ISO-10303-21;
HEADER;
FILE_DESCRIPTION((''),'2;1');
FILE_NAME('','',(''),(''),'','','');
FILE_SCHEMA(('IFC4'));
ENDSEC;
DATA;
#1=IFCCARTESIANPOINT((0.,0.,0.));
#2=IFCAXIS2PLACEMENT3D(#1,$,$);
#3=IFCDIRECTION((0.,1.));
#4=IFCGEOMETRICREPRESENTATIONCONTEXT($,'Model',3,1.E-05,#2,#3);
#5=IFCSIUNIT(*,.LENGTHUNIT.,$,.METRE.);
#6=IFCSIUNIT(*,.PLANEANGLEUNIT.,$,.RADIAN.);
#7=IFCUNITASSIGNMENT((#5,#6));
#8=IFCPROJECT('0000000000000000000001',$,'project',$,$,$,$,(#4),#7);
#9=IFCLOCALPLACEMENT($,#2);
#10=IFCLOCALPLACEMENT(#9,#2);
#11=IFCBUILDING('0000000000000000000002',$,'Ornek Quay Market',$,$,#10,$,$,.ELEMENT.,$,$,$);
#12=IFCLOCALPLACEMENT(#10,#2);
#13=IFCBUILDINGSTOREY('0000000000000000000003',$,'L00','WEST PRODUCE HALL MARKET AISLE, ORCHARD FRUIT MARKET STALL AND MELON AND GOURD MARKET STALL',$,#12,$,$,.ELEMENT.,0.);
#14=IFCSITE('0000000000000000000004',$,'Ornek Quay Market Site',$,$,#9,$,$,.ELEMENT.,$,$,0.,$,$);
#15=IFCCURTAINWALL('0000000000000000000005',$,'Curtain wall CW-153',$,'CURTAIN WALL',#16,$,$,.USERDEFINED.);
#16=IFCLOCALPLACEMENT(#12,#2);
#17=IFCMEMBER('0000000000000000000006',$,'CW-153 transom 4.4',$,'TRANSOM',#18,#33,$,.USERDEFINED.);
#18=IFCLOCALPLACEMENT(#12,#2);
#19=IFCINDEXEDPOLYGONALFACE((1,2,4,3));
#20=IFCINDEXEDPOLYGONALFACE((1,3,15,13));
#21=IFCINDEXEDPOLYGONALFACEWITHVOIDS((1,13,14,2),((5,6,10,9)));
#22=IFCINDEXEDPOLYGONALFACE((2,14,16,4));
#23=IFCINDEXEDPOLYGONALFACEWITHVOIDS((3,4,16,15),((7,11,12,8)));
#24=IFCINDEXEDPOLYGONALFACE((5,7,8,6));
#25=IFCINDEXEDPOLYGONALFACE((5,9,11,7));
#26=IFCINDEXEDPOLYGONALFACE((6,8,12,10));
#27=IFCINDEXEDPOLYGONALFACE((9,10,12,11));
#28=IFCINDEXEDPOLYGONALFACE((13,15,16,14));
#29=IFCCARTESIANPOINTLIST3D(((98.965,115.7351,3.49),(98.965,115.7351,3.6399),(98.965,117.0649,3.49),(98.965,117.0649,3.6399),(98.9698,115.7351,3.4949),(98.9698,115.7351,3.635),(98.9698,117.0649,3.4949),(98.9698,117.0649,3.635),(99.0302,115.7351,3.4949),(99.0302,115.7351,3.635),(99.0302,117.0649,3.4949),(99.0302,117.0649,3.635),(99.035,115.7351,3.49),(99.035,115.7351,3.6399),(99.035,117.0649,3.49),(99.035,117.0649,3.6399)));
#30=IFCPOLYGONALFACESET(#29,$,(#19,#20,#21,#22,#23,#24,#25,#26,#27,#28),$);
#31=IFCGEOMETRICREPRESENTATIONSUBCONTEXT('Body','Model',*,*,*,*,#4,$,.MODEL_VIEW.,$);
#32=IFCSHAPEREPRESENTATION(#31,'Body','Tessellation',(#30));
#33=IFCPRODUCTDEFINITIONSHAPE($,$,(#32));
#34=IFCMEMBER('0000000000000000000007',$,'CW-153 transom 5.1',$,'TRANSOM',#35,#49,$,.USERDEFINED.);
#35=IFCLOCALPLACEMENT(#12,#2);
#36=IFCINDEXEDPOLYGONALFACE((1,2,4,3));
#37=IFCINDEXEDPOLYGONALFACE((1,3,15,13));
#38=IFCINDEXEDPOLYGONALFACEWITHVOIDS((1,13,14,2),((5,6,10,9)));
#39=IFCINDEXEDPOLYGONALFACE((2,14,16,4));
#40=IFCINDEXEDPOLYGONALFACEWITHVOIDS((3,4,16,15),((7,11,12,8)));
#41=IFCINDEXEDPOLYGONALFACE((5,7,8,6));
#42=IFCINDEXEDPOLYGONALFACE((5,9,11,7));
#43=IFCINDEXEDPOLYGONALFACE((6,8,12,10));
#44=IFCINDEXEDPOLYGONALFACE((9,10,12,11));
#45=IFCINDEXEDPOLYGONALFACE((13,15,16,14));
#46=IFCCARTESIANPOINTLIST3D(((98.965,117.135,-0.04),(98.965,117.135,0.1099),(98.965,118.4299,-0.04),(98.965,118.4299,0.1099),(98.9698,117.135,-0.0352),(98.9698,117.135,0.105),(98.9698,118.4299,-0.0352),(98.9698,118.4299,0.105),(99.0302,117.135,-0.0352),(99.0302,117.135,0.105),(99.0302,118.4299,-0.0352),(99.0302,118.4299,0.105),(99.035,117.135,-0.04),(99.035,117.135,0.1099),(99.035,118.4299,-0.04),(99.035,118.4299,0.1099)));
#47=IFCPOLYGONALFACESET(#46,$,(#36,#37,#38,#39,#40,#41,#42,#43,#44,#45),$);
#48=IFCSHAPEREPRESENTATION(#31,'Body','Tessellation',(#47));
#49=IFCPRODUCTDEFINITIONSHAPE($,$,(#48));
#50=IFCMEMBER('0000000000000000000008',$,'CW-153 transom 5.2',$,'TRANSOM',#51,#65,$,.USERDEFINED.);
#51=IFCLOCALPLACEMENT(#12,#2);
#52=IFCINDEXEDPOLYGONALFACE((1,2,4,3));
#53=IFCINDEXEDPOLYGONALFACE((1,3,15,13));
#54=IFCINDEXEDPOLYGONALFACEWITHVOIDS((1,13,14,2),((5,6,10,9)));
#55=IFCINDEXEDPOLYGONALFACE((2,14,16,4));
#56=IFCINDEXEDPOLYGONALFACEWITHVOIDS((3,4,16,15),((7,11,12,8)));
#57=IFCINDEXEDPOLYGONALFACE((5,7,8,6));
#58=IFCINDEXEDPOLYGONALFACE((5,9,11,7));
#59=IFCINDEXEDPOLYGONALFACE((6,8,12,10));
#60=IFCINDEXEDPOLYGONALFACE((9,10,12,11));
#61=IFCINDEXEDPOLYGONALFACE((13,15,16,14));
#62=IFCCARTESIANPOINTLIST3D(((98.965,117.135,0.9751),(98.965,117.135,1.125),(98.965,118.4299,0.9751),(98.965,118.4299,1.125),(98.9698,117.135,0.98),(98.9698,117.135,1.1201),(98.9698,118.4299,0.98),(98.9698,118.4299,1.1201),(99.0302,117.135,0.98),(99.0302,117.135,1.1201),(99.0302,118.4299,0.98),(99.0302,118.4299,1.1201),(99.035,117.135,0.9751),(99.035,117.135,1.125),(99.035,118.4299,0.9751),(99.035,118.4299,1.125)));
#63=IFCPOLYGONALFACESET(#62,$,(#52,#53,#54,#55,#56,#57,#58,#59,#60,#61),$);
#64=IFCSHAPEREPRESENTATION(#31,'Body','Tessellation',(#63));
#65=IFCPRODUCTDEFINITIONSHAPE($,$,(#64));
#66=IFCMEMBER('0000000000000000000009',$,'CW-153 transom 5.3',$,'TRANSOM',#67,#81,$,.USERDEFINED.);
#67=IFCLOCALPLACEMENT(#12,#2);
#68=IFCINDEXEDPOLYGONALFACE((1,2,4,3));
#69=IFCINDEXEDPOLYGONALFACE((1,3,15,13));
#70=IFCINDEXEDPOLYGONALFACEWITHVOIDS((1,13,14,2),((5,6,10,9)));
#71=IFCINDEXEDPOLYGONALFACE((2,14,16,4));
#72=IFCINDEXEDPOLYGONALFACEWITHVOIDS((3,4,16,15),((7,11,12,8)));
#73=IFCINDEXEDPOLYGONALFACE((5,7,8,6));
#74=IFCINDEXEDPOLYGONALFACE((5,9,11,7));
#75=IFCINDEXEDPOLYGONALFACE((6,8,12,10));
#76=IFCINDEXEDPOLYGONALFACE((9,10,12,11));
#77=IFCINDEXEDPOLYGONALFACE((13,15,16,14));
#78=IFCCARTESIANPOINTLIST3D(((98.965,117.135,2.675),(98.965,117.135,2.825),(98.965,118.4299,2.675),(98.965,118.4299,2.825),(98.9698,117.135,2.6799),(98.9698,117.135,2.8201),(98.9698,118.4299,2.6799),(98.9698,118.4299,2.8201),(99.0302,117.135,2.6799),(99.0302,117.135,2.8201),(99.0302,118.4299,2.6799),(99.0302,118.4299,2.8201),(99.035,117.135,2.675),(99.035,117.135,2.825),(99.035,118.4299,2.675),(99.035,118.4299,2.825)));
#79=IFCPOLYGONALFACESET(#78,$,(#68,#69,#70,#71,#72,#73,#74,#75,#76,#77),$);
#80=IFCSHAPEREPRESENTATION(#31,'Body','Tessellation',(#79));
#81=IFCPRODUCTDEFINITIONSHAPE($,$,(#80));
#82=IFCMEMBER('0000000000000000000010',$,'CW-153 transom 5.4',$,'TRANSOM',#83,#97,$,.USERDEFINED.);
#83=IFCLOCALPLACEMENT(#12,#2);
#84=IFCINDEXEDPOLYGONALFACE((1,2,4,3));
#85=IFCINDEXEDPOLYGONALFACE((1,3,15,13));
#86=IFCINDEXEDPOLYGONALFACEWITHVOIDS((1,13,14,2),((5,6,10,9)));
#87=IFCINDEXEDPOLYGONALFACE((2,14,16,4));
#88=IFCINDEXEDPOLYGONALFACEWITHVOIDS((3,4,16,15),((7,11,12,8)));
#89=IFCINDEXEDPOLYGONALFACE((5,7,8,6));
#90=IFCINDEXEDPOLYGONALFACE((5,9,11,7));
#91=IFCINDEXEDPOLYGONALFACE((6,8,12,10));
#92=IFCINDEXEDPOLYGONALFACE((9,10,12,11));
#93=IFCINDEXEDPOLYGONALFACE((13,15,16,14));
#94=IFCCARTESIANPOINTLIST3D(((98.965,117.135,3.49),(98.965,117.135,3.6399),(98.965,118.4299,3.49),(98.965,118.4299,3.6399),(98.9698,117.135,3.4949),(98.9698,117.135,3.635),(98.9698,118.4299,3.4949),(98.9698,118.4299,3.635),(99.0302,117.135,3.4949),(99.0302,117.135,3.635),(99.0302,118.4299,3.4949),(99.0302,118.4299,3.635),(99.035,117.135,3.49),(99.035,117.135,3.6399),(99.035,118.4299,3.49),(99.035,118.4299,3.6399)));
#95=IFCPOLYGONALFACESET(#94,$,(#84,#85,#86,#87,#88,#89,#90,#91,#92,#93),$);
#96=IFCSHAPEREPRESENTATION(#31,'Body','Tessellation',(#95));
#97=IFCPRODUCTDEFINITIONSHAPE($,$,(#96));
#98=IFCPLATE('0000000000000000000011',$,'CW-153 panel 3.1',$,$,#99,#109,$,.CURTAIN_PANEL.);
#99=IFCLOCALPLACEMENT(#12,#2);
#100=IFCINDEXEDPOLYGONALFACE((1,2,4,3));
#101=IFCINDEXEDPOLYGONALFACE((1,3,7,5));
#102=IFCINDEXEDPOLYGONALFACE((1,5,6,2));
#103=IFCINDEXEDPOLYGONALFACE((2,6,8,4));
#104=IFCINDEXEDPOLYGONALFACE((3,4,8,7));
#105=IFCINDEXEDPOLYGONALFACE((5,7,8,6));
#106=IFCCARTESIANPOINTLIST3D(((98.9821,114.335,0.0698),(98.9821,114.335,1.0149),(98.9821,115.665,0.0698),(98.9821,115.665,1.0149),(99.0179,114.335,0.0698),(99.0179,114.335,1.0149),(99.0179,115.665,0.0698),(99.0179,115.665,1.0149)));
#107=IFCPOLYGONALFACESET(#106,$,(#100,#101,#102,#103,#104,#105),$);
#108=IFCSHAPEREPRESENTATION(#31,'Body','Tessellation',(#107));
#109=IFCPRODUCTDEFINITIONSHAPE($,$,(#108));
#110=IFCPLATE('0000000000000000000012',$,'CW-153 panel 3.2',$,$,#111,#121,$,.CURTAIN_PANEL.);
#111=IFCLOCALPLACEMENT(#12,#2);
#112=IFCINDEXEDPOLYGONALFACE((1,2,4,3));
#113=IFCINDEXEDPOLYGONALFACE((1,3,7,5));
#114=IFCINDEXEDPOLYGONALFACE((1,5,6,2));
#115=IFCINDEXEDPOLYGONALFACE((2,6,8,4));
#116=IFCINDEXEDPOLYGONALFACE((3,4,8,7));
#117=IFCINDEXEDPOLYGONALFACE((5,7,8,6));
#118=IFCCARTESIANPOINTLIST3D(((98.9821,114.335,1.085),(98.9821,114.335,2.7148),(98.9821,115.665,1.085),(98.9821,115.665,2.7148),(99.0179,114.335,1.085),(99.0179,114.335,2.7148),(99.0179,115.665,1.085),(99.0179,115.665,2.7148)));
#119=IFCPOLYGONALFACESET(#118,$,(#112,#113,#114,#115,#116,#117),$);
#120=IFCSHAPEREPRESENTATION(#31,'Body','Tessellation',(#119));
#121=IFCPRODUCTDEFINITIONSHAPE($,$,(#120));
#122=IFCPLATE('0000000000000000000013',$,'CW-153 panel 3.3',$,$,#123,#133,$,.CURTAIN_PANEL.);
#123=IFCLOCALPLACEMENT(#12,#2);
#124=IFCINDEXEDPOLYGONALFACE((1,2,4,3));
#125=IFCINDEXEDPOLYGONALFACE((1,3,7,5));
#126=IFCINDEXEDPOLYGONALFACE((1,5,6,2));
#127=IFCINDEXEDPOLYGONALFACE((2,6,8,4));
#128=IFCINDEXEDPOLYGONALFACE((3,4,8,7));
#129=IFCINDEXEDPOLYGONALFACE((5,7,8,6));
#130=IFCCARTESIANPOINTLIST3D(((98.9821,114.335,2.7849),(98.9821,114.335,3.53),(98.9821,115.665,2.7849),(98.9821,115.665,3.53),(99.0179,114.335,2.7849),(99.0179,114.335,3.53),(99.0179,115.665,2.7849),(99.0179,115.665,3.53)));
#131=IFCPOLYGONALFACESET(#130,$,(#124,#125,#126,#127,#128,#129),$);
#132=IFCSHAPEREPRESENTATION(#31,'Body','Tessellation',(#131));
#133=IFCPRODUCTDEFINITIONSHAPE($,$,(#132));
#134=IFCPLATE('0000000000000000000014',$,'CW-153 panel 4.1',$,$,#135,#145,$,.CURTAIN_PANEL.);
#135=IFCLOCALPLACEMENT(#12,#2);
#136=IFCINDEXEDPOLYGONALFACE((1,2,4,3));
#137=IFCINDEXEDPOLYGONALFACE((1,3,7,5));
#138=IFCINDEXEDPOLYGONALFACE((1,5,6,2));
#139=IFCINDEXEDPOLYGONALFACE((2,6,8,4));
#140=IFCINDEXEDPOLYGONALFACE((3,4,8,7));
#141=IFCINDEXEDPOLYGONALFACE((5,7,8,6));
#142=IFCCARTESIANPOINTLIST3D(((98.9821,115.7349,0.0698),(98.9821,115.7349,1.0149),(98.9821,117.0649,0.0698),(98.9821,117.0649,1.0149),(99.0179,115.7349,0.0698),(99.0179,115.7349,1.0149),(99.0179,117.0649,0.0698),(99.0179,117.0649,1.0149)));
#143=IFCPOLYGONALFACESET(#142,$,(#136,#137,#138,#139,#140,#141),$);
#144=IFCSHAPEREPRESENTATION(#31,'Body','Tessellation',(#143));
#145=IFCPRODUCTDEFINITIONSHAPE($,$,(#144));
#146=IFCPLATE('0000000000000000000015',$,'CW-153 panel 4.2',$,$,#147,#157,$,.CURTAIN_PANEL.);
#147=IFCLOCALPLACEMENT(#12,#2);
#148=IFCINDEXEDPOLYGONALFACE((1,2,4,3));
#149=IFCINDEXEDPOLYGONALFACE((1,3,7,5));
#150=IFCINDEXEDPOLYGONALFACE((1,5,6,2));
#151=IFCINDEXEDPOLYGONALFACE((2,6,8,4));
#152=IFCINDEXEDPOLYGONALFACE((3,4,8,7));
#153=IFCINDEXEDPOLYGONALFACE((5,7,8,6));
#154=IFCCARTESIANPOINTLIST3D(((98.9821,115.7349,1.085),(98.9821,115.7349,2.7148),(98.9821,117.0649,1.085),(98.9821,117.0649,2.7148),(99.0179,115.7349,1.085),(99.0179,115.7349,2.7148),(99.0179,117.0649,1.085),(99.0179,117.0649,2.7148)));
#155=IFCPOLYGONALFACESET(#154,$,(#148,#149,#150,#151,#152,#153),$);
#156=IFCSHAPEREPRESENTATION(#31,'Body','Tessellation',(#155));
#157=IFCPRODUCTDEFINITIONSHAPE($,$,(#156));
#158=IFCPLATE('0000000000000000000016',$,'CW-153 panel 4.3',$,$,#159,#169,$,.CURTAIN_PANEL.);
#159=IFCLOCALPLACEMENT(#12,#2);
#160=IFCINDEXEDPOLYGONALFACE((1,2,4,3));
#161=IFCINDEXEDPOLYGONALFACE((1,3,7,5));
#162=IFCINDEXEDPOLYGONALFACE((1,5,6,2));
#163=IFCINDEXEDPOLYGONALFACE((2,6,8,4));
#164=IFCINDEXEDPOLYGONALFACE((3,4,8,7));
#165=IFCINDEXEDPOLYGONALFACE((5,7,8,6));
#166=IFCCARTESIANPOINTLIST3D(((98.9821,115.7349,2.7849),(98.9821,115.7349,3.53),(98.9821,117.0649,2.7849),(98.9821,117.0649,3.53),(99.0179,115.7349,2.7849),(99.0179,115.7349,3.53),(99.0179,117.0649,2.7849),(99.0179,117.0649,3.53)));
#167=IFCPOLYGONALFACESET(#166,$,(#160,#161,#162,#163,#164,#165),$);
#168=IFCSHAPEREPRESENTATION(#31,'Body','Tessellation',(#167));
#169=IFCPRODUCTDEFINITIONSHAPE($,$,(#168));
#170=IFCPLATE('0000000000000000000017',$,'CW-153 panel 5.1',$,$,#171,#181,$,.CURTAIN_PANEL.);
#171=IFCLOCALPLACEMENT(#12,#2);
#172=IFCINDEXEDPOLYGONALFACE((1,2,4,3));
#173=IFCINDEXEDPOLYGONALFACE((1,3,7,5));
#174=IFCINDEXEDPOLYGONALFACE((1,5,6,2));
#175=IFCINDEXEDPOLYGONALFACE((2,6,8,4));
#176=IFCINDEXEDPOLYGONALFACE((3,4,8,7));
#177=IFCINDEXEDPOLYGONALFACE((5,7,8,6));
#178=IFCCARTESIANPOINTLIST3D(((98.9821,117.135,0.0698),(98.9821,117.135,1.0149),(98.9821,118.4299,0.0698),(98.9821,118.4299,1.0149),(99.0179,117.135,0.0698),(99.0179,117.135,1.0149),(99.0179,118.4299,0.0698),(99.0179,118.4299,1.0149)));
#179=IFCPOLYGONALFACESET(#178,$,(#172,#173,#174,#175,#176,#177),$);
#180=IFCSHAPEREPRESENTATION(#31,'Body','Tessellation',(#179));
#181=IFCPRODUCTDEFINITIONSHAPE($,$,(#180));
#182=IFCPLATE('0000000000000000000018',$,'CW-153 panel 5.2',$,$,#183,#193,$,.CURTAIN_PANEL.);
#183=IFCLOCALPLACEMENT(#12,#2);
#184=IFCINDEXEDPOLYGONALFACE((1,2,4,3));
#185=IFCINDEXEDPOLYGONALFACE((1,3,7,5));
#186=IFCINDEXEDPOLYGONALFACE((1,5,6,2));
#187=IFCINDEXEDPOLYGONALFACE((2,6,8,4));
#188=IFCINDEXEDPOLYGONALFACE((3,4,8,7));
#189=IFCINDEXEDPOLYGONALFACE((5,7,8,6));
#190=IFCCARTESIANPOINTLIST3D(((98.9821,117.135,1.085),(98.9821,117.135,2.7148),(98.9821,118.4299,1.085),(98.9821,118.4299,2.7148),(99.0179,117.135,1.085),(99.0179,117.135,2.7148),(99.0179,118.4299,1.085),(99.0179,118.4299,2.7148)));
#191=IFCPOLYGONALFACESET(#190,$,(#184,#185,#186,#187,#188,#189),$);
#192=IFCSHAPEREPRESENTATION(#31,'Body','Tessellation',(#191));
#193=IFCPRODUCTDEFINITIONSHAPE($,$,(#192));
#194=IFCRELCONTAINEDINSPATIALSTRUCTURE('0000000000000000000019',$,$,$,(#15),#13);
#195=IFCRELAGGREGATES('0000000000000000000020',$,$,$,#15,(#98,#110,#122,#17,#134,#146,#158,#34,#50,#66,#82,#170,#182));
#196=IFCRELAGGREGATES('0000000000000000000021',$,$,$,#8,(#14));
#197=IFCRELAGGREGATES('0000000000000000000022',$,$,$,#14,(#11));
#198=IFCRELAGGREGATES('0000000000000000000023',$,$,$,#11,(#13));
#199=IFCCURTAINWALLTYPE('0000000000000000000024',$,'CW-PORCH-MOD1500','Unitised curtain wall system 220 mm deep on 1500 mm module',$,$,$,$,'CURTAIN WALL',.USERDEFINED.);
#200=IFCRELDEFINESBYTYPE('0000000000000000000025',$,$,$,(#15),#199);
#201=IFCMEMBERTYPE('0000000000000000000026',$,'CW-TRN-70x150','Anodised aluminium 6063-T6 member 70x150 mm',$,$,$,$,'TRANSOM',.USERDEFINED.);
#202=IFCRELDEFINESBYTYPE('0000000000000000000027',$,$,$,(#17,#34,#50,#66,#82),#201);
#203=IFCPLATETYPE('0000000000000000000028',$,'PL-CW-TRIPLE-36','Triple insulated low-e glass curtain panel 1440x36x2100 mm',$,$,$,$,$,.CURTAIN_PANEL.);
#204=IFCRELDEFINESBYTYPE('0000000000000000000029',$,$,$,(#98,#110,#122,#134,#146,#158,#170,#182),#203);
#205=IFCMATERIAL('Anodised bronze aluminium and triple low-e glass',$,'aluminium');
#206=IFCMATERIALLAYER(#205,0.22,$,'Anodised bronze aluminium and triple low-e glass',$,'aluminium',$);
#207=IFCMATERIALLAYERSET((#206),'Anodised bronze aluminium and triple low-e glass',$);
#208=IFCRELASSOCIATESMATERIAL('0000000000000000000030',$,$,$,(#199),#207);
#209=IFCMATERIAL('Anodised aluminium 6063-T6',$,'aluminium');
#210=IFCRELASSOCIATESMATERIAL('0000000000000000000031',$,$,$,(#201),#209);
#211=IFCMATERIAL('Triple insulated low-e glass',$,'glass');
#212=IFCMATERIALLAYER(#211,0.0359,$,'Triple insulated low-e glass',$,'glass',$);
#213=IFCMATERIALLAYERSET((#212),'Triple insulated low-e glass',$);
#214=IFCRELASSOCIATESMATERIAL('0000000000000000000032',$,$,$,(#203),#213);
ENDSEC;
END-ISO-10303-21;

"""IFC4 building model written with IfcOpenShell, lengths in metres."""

from ifc_helpers import new_model, si_unit, direction, frame, origin, origin_2d, place, context, subcontext, project, spatial, rectangle, hollow_rectangle, extrude, material, layer, layer_set, material_profile, profile_set, type_object, element, aggregate, save


model = new_model("IFC4")

# Units and contexts
model_context = context("Model", 3, precision=1e-05, world=origin(), true_north=direction((0.0, 1.0)))
body_context = subcontext(model_context, "Body", "Model", "MODEL_VIEW")
ifc_project = project(units=[si_unit("LENGTHUNIT", "METRE"), si_unit("PLANEANGLEUNIT", "RADIAN")], contexts=[model_context])

# Site, building, storey
site_placement = place(None, origin())
site = spatial("IfcSite", under=ifc_project, at=site_placement, Name="Ornek Quay Market Site", CompositionType="ELEMENT", RefElevation=0.0)
building_placement = place(site_placement, origin())
building = spatial("IfcBuilding", under=site, at=building_placement, Name="Ornek Quay Market", CompositionType="ELEMENT")
storey_placement = place(building_placement, origin())
storey = spatial("IfcBuildingStorey", under=building, at=storey_placement, Name="L00", Description="WEST PRODUCE HALL MARKET AISLE, ORCHARD FRUIT MARKET STALL AND MELON AND GOURD MARKET STALL", CompositionType="ELEMENT", Elevation=0.0)

# Curtain wall
ifc_material_1 = material(Name="Anodised bronze aluminium and triple low-e glass", Category="aluminium")
ifc_layer_1 = layer(ifc_material_1, 0.22, Name="Anodised bronze aluminium and triple low-e glass", Category="aluminium")
ifc_layer_set_1 = layer_set([ifc_layer_1], Name="Anodised bronze aluminium and triple low-e glass")
curtain_wall_type = type_object("IfcCurtainWallType", Name="CW-PORCH-MOD1500", Description="Unitised curtain wall system 220 mm deep on 1500 mm module", ElementType="CURTAIN WALL", PredefinedType="USERDEFINED", material=ifc_layer_set_1)
curtain_wall_1_placement = place(storey_placement, origin())
curtain_wall_1 = element("IfcCurtainWall", 1, at=curtain_wall_1_placement, inside=storey, type_object=curtain_wall_type, Name="Curtain wall CW-153", ObjectType="CURTAIN WALL", PredefinedType="USERDEFINED")
ifc_material_2 = material(Name="Anodised aluminium 6063-T6", Category="aluminium")
ifc_material_profile_1 = material_profile(ifc_material_2, hollow_rectangle(XDim=0.0701, YDim=0.1499, WallThickness=0.0049, at=origin_2d()), Name="CW-TRN-70x150", Category="aluminium")
ifc_profile_set_1 = profile_set([ifc_material_profile_1], Name="Anodised aluminium 6063-T6")
member_type_1 = type_object("IfcMemberType", Name="CW-TRN-70x150", Description="Anodised aluminium 6063-T6 member 70x150 mm", ElementType="TRANSOM", PredefinedType="USERDEFINED", material=ifc_profile_set_1)

# Members
member_1_placement = place(storey_placement, frame((99.0, 115.7351, 3.5649), z_axis=(0.0, 1.0, 0.0), x_axis=(-1.0, 0.0, 0.0)))
member_1 = element("IfcMember", 2, at=member_1_placement, type_object=member_type_1, Name="CW-153 transom 4.4", ObjectType="TRANSOM", PredefinedType="USERDEFINED", context=body_context, shape_type="SweptSolid", body=[
    extrude(hollow_rectangle(XDim=0.0701, YDim=0.1499, WallThickness=0.0049, at=origin_2d()), origin(), (0.0, 0.0, 1.0), 1.3298),
])
member_2_placement = place(storey_placement, frame((99.0, 117.135, 0.0349), z_axis=(0.0, 1.0, 0.0), x_axis=(-1.0, 0.0, 0.0)))
member_2 = element("IfcMember", 3, at=member_2_placement, type_object=member_type_1, Name="CW-153 transom 5.1", ObjectType="TRANSOM", PredefinedType="USERDEFINED", context=body_context, shape_type="SweptSolid", body=[
    extrude(hollow_rectangle(XDim=0.0701, YDim=0.1499, WallThickness=0.0049, at=origin_2d()), origin(), (0.0, 0.0, 1.0), 1.2949),
])
member_3_placement = place(storey_placement, frame((99.0, 117.135, 1.05), z_axis=(0.0, 1.0, 0.0), x_axis=(-1.0, 0.0, 0.0)))
member_3 = element("IfcMember", 4, at=member_3_placement, type_object=member_type_1, Name="CW-153 transom 5.2", ObjectType="TRANSOM", PredefinedType="USERDEFINED", context=body_context, shape_type="SweptSolid", body=[
    extrude(hollow_rectangle(XDim=0.0701, YDim=0.1499, WallThickness=0.0049, at=origin_2d()), origin(), (0.0, 0.0, 1.0), 1.2949),
])
member_4_placement = place(storey_placement, frame((99.0, 117.135, 2.75), z_axis=(0.0, 1.0, 0.0), x_axis=(-1.0, 0.0, 0.0)))
member_4 = element("IfcMember", 5, at=member_4_placement, type_object=member_type_1, Name="CW-153 transom 5.3", ObjectType="TRANSOM", PredefinedType="USERDEFINED", context=body_context, shape_type="SweptSolid", body=[
    extrude(hollow_rectangle(XDim=0.0701, YDim=0.1499, WallThickness=0.0049, at=origin_2d()), origin(), (0.0, 0.0, 1.0), 1.2949),
])
member_5_placement = place(storey_placement, frame((99.0, 117.135, 3.5649), z_axis=(0.0, 1.0, 0.0), x_axis=(-1.0, 0.0, 0.0)))
member_5 = element("IfcMember", 6, at=member_5_placement, type_object=member_type_1, Name="CW-153 transom 5.4", ObjectType="TRANSOM", PredefinedType="USERDEFINED", context=body_context, shape_type="SweptSolid", body=[
    extrude(hollow_rectangle(XDim=0.0701, YDim=0.1499, WallThickness=0.0049, at=origin_2d()), origin(), (0.0, 0.0, 1.0), 1.2949),
])

# Plates
ifc_material_3 = material(Name="Triple insulated low-e glass", Category="glass")
ifc_layer_2 = layer(ifc_material_3, 0.0359, Name="Triple insulated low-e glass", Category="glass")
ifc_layer_set_2 = layer_set([ifc_layer_2], Name="Triple insulated low-e glass")
plate_type_1 = type_object("IfcPlateType", Name="PL-CW-TRIPLE-36", Description="Triple insulated low-e glass curtain panel 1440x36x2100 mm", PredefinedType="CURTAIN_PANEL", material=ifc_layer_set_2)
plate_1_placement = place(storey_placement, frame((99.0, 115.0, 0.0698), z_axis=(0.0, 0.0, 1.0), x_axis=(0.0, 1.0, 0.0)))
plate_1 = element("IfcPlate", 7, at=plate_1_placement, type_object=plate_type_1, Name="CW-153 panel 3.1", PredefinedType="CURTAIN_PANEL", context=body_context, shape_type="SweptSolid", body=[
    extrude(rectangle(XDim=1.3301, YDim=0.0359, at=origin_2d()), origin(), (0.0, 0.0, 1.0), 0.9451),
])
plate_2_placement = place(storey_placement, frame((99.0, 115.0, 1.085), z_axis=(0.0, 0.0, 1.0), x_axis=(0.0, 1.0, 0.0)))
plate_2 = element("IfcPlate", 8, at=plate_2_placement, type_object=plate_type_1, Name="CW-153 panel 3.2", PredefinedType="CURTAIN_PANEL", context=body_context, shape_type="SweptSolid", body=[
    extrude(rectangle(XDim=1.3301, YDim=0.0359, at=origin_2d()), origin(), (0.0, 0.0, 1.0), 1.6299),
])
plate_3_placement = place(storey_placement, frame((99.0, 115.0, 2.7849), z_axis=(0.0, 0.0, 1.0), x_axis=(0.0, 1.0, 0.0)))
plate_3 = element("IfcPlate", 9, at=plate_3_placement, type_object=plate_type_1, Name="CW-153 panel 3.3", PredefinedType="CURTAIN_PANEL", context=body_context, shape_type="SweptSolid", body=[
    extrude(rectangle(XDim=1.3301, YDim=0.0359, at=origin_2d()), origin(), (0.0, 0.0, 1.0), 0.7451),
])
plate_4_placement = place(storey_placement, frame((99.0, 116.3999, 0.0698), z_axis=(0.0, 0.0, 1.0), x_axis=(0.0, 1.0, 0.0)))
plate_4 = element("IfcPlate", 10, at=plate_4_placement, type_object=plate_type_1, Name="CW-153 panel 4.1", PredefinedType="CURTAIN_PANEL", context=body_context, shape_type="SweptSolid", body=[
    extrude(rectangle(XDim=1.3301, YDim=0.0359, at=origin_2d()), origin(), (0.0, 0.0, 1.0), 0.9451),
])
plate_5_placement = place(storey_placement, frame((99.0, 116.3999, 1.085), z_axis=(0.0, 0.0, 1.0), x_axis=(0.0, 1.0, 0.0)))
plate_5 = element("IfcPlate", 11, at=plate_5_placement, type_object=plate_type_1, Name="CW-153 panel 4.2", PredefinedType="CURTAIN_PANEL", context=body_context, shape_type="SweptSolid", body=[
    extrude(rectangle(XDim=1.3301, YDim=0.0359, at=origin_2d()), origin(), (0.0, 0.0, 1.0), 1.6299),
])
plate_6_placement = place(storey_placement, frame((99.0, 116.3999, 2.7849), z_axis=(0.0, 0.0, 1.0), x_axis=(0.0, 1.0, 0.0)))
plate_6 = element("IfcPlate", 12, at=plate_6_placement, type_object=plate_type_1, Name="CW-153 panel 4.3", PredefinedType="CURTAIN_PANEL", context=body_context, shape_type="SweptSolid", body=[
    extrude(rectangle(XDim=1.3301, YDim=0.0359, at=origin_2d()), origin(), (0.0, 0.0, 1.0), 0.7451),
])
plate_7_placement = place(storey_placement, frame((99.0, 117.7825, 0.0698), z_axis=(0.0, 0.0, 1.0), x_axis=(0.0, 1.0, 0.0)))
plate_7 = element("IfcPlate", 13, at=plate_7_placement, type_object=plate_type_1, Name="CW-153 panel 5.1", PredefinedType="CURTAIN_PANEL", context=body_context, shape_type="SweptSolid", body=[
    extrude(rectangle(XDim=1.2949, YDim=0.0359, at=origin_2d()), origin(), (0.0, 0.0, 1.0), 0.9451),
])
plate_8_placement = place(storey_placement, frame((99.0, 117.7825, 1.085), z_axis=(0.0, 0.0, 1.0), x_axis=(0.0, 1.0, 0.0)))
plate_8 = element("IfcPlate", 14, at=plate_8_placement, type_object=plate_type_1, Name="CW-153 panel 5.2", PredefinedType="CURTAIN_PANEL", context=body_context, shape_type="SweptSolid", body=[
    extrude(rectangle(XDim=1.2949, YDim=0.0359, at=origin_2d()), origin(), (0.0, 0.0, 1.0), 1.6299),
])
aggregate(curtain_wall_1, [plate_1, plate_2, plate_3, member_1, plate_4, plate_5, plate_6, member_2, member_3, member_4, member_5, plate_7, plate_8])

save(model, "model.ifc")
